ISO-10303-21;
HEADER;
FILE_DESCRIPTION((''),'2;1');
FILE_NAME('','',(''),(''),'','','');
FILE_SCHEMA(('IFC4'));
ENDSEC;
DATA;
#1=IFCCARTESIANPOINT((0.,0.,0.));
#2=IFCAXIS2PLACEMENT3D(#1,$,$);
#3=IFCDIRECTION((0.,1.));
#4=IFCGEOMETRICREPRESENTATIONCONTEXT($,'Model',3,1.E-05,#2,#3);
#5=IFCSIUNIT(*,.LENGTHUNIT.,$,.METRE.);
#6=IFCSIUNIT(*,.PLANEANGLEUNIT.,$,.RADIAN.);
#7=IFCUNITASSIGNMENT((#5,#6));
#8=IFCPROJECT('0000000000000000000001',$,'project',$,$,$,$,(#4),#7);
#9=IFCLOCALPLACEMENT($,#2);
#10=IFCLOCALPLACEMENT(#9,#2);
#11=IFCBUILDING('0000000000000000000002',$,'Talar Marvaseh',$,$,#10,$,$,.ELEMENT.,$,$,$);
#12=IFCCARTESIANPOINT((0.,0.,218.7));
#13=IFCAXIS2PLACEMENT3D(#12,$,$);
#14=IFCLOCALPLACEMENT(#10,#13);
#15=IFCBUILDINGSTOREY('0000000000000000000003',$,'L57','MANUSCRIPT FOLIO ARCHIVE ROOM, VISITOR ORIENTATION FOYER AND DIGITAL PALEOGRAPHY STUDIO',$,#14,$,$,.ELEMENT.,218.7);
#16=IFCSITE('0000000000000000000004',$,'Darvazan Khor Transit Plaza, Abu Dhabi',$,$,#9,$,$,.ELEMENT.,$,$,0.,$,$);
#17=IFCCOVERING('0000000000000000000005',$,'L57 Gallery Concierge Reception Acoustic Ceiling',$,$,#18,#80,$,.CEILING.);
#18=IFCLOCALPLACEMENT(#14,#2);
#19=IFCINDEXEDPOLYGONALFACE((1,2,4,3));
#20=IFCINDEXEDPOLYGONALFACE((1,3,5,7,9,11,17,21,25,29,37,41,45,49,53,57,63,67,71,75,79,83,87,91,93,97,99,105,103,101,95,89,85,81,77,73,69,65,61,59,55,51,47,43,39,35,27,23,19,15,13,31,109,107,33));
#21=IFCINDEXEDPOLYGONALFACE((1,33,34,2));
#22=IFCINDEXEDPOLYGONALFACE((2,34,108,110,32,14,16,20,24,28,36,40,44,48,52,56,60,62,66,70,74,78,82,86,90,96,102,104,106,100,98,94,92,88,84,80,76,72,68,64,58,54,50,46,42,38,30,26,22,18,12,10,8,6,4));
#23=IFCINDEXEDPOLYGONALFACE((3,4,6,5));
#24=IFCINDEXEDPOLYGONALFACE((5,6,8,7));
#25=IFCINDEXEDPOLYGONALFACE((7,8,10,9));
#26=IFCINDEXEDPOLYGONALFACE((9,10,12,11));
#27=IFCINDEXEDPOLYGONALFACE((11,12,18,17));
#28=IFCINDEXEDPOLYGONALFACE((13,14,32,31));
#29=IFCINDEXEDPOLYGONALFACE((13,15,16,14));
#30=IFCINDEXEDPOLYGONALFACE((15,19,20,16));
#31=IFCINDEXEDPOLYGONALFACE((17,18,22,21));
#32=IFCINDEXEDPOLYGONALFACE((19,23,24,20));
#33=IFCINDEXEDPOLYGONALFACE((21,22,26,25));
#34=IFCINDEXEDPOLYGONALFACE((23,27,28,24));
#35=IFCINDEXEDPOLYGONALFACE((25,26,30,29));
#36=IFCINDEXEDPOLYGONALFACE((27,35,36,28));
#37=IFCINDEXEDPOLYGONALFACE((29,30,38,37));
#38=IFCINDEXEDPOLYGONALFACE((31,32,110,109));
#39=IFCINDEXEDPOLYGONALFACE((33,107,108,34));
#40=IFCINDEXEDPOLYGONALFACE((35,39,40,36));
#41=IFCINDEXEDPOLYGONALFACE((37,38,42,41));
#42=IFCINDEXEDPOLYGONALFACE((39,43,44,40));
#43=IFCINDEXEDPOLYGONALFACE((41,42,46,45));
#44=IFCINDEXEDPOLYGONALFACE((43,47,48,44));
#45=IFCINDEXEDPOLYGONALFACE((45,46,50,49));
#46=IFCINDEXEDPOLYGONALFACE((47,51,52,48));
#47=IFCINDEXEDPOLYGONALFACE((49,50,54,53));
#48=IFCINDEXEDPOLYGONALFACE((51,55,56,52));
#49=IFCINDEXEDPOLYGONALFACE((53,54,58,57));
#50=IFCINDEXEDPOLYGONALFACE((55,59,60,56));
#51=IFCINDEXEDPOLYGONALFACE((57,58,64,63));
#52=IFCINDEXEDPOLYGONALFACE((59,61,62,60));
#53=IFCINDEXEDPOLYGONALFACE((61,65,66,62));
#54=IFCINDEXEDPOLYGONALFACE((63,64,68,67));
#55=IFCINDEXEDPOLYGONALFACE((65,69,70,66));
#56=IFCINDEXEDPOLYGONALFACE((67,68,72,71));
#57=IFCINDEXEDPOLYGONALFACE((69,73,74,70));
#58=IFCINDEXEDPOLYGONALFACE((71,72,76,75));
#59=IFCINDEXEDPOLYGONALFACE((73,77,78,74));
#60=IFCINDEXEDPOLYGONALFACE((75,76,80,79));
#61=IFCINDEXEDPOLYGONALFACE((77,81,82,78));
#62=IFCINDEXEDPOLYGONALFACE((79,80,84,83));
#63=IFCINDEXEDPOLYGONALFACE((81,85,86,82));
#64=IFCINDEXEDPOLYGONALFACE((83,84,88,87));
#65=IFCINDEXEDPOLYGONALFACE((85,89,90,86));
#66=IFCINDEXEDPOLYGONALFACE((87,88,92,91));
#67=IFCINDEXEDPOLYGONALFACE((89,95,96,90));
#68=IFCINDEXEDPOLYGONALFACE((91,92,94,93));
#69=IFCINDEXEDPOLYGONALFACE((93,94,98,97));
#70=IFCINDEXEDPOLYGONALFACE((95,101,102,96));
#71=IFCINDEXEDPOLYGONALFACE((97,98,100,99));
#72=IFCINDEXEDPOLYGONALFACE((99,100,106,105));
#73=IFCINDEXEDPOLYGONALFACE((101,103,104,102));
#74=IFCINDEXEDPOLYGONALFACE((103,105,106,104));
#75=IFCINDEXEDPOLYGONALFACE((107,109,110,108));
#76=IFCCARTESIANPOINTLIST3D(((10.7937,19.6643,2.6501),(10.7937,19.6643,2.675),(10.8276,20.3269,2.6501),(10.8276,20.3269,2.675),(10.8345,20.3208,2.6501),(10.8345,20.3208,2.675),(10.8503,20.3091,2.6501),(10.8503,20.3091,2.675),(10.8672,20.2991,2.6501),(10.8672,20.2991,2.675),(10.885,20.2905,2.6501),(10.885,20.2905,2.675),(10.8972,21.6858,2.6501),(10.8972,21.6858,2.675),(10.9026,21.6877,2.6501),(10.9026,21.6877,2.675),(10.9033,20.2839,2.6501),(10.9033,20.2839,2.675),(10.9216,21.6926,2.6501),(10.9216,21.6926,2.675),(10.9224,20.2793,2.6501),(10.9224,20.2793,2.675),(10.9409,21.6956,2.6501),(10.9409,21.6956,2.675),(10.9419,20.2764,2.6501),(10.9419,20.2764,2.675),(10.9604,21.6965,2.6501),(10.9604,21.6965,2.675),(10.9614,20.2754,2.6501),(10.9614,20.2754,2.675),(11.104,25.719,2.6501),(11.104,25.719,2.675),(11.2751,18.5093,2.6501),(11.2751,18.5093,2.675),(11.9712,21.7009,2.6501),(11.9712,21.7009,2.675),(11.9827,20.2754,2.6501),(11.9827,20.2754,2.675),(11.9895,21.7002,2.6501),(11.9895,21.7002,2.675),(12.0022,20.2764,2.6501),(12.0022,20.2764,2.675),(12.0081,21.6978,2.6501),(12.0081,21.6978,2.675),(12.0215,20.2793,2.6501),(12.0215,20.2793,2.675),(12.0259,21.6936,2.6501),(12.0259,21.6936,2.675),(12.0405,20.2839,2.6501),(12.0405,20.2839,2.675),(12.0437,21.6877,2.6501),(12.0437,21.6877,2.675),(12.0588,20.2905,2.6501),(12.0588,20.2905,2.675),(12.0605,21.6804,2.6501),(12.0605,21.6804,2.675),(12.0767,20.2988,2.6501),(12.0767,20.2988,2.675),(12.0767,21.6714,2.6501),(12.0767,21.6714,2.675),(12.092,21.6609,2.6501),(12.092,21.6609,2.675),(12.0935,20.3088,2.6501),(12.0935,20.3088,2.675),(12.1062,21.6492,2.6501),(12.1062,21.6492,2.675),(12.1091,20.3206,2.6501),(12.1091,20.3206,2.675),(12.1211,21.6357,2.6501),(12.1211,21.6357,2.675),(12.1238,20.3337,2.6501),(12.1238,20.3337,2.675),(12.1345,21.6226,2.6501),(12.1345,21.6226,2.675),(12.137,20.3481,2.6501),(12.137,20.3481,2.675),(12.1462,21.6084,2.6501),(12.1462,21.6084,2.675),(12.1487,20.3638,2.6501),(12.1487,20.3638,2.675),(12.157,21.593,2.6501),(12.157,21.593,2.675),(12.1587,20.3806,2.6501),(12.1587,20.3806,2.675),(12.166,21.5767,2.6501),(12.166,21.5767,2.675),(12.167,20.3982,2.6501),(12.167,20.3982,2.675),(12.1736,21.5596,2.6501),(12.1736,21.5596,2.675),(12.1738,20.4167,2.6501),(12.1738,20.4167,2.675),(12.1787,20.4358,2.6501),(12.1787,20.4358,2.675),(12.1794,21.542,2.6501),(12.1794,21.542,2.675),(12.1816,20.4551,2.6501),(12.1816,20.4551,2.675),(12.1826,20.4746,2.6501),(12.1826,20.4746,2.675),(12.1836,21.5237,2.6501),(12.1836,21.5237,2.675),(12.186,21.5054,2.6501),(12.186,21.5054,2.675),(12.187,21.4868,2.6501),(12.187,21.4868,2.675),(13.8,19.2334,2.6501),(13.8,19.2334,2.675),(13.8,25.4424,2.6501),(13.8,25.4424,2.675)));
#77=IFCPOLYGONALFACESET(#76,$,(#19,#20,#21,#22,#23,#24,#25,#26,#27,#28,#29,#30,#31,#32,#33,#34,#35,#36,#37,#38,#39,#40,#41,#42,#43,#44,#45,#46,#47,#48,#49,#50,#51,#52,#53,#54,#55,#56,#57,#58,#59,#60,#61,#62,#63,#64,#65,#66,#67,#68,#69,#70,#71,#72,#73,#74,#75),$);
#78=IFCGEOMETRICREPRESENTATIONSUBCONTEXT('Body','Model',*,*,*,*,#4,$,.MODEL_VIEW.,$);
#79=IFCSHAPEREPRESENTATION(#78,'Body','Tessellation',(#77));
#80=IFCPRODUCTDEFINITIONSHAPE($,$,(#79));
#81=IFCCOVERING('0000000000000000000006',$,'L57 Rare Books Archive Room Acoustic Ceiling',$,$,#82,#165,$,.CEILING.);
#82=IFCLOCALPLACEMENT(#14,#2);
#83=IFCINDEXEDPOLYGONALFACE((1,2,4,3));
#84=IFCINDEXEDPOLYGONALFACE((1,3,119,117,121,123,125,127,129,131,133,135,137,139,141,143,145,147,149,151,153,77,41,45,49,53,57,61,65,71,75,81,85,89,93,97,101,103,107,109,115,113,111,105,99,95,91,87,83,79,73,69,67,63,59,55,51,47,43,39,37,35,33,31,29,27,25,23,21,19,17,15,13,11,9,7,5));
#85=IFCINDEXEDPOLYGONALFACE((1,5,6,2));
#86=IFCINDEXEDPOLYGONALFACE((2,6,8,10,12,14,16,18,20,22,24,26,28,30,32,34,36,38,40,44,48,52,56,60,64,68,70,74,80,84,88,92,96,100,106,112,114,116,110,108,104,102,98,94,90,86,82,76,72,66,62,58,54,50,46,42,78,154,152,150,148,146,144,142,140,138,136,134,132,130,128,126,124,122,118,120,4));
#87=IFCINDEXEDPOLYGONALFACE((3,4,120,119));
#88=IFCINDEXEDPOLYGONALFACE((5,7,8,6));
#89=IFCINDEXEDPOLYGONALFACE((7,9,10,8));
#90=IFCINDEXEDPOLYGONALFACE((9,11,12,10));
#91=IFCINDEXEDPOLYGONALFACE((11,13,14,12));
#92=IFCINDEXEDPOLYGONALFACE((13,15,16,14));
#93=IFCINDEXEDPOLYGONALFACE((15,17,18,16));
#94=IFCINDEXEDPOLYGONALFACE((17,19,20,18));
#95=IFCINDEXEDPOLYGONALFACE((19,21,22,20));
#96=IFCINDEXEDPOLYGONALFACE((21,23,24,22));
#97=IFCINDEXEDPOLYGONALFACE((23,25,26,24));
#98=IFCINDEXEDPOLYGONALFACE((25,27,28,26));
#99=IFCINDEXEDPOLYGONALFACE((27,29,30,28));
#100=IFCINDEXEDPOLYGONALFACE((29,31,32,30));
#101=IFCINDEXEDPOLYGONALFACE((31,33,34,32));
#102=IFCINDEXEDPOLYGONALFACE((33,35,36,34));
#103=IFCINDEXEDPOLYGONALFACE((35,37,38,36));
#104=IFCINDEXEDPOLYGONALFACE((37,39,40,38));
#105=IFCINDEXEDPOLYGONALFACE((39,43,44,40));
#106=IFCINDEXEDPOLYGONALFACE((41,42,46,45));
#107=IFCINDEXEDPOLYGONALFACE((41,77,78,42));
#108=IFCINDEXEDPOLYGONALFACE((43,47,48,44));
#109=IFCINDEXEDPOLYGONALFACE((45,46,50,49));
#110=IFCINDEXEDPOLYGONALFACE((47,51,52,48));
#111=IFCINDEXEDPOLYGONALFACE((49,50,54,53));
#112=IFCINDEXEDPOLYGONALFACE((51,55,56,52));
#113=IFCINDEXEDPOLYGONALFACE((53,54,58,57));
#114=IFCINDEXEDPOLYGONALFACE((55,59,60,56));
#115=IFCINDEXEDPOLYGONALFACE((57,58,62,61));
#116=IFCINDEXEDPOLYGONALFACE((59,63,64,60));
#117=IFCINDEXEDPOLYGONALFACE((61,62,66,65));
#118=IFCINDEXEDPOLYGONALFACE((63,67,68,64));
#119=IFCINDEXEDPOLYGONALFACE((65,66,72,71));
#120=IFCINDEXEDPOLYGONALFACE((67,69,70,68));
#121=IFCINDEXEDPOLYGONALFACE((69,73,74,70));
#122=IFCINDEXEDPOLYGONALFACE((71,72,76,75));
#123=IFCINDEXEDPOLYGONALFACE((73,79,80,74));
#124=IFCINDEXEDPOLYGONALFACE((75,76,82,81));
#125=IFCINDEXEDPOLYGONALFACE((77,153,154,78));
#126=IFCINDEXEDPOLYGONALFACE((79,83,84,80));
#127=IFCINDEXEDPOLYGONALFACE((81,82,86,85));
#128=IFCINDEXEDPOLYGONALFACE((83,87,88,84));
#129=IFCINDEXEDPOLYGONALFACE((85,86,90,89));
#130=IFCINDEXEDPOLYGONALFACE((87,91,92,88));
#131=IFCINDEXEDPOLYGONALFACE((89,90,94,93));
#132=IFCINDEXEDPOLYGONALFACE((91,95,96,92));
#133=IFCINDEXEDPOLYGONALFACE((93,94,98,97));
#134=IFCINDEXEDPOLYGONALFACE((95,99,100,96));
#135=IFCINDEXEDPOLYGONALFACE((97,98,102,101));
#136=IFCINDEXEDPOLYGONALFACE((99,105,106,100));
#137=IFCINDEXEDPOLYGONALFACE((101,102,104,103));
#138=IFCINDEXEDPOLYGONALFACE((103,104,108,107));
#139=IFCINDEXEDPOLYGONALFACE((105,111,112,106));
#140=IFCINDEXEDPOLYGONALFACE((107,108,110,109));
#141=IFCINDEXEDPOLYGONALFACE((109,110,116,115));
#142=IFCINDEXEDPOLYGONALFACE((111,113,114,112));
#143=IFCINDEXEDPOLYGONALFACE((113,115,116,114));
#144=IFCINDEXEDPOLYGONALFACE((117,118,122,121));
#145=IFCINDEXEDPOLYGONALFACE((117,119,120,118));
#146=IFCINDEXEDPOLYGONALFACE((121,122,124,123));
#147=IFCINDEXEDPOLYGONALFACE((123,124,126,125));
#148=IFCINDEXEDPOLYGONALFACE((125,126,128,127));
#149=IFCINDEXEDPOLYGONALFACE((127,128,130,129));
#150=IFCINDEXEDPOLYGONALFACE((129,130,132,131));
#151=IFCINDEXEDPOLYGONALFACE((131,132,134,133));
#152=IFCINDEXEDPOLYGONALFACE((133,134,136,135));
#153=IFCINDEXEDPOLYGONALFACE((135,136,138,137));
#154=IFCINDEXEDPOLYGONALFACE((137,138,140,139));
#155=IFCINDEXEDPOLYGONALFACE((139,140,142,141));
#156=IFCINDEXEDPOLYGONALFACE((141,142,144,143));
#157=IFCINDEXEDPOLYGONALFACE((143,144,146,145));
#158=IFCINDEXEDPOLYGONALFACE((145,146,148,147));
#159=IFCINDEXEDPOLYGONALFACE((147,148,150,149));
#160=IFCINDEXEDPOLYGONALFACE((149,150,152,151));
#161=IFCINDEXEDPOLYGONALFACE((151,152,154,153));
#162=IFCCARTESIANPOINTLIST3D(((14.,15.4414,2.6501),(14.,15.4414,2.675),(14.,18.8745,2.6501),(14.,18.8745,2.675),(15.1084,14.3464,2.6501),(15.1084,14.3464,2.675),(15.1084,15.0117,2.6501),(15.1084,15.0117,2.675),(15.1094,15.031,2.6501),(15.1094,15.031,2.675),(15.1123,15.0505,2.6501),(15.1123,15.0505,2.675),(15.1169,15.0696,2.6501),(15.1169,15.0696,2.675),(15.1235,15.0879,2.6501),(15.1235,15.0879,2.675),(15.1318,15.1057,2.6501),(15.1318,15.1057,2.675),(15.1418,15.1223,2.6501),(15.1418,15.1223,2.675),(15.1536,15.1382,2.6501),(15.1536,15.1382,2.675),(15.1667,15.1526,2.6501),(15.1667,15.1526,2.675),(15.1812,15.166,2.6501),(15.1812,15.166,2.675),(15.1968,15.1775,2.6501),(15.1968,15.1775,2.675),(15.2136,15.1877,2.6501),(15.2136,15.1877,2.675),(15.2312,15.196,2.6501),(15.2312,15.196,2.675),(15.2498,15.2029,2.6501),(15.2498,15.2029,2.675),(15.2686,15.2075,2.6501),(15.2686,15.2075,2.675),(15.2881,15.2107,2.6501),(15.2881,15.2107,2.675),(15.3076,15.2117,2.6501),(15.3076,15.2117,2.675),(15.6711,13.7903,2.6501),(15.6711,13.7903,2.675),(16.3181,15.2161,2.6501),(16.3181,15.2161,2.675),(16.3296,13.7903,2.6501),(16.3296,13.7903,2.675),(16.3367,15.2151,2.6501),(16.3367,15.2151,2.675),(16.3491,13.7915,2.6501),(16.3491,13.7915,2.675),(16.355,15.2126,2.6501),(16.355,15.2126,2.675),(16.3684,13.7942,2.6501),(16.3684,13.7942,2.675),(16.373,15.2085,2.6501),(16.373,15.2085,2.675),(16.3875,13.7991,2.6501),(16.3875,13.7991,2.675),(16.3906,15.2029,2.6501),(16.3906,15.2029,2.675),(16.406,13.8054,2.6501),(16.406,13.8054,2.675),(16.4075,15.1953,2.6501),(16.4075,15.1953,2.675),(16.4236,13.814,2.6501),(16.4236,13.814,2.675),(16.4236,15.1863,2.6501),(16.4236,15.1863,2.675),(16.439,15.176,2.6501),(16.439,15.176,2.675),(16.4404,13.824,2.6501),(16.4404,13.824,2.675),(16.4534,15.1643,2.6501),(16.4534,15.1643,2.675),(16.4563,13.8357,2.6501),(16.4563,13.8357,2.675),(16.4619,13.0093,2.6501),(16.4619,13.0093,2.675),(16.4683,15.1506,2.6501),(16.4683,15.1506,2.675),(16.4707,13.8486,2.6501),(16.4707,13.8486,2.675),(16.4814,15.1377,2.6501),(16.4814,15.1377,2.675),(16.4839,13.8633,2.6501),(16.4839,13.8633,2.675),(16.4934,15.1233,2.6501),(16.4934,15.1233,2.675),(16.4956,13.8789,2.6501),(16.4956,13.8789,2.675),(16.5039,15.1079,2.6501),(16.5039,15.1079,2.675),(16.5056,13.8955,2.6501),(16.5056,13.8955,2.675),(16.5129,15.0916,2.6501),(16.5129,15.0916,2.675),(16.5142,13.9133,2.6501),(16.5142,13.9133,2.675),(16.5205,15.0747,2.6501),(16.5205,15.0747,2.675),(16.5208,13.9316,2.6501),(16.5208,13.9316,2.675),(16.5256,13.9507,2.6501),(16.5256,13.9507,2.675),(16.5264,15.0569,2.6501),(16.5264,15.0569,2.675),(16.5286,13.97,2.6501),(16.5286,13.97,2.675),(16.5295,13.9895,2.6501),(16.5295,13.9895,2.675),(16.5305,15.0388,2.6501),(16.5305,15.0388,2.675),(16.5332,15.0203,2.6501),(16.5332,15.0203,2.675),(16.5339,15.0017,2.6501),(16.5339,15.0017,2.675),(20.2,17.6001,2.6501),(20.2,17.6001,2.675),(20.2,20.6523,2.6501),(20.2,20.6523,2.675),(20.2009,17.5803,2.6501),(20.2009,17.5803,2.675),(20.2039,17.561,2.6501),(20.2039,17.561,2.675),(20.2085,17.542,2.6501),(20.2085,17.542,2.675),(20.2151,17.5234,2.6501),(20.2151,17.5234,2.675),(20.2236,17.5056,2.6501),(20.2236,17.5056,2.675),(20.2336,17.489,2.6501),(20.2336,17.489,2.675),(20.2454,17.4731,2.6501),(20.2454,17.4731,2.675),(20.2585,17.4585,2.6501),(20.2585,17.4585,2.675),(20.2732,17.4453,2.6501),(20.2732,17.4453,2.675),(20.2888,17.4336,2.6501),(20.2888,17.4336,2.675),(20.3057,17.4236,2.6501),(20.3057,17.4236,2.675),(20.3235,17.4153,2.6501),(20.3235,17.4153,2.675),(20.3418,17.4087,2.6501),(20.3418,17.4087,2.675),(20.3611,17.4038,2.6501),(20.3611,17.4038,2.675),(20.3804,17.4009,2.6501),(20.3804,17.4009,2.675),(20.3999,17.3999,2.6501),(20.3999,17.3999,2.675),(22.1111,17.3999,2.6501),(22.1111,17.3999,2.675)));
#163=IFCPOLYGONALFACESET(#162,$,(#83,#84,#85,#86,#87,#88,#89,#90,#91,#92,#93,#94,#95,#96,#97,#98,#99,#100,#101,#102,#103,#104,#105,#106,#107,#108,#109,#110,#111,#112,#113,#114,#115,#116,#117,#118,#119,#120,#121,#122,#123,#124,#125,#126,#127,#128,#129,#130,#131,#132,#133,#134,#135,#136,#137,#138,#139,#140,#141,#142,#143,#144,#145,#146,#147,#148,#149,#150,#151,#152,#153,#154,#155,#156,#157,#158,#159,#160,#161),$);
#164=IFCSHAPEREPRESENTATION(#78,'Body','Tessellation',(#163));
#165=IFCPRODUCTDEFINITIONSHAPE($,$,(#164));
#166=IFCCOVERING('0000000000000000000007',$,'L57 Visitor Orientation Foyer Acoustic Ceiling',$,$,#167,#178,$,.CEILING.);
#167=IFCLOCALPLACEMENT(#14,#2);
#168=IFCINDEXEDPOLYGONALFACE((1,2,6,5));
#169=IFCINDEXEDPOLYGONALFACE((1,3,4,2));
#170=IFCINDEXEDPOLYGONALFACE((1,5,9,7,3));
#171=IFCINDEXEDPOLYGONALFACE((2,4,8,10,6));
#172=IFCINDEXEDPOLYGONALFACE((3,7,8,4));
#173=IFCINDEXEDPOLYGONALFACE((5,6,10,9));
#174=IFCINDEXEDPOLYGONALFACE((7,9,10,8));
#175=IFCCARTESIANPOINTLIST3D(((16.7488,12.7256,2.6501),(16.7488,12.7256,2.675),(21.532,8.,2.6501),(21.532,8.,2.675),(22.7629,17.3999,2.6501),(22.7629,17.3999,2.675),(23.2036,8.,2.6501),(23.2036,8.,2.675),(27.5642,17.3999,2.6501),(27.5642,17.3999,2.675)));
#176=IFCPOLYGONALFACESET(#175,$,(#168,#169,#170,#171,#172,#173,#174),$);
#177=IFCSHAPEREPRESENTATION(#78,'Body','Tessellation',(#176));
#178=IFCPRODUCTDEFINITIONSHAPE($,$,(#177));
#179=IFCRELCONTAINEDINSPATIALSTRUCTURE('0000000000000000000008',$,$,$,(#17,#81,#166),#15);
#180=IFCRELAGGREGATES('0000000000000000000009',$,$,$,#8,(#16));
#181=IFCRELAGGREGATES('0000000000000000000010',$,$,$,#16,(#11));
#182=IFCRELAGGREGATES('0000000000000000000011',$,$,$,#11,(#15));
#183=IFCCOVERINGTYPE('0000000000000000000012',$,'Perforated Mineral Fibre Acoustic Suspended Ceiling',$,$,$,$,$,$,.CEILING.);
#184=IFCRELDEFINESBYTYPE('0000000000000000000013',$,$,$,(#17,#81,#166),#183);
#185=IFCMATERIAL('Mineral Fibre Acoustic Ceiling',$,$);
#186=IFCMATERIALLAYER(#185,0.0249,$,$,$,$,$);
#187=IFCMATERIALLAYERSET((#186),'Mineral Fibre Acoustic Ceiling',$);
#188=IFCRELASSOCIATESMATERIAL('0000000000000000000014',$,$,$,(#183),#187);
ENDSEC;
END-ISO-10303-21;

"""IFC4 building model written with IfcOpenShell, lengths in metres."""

from ifc_helpers import new_model, si_unit, direction, frame, origin, place, context, subcontext, project, spatial, polyline, outline, extrude, material, layer, layer_set, type_object, element, save


model = new_model("IFC4")

# Units and contexts
model_context = context("Model", 3, precision=1e-05, world=origin(), true_north=direction((0.0, 1.0)))
body_context = subcontext(model_context, "Body", "Model", "MODEL_VIEW")
ifc_project = project(units=[si_unit("LENGTHUNIT", "METRE"), si_unit("PLANEANGLEUNIT", "RADIAN")], contexts=[model_context])

# Site, building, storey
site_placement = place(None, origin())
site = spatial("IfcSite", under=ifc_project, at=site_placement, Name="Darvazan Khor Transit Plaza, Abu Dhabi", CompositionType="ELEMENT", RefElevation=0.0)
building_placement = place(site_placement, origin())
building = spatial("IfcBuilding", under=site, at=building_placement, Name="Talar Marvaseh", CompositionType="ELEMENT")
storey_placement = place(building_placement, frame((0.0, 0.0, 218.7)))
storey = spatial("IfcBuildingStorey", under=building, at=storey_placement, Name="L57", Description="MANUSCRIPT FOLIO ARCHIVE ROOM, VISITOR ORIENTATION FOYER AND DIGITAL PALEOGRAPHY STUDIO", CompositionType="ELEMENT", Elevation=218.7)

# Coverings
ifc_material_1 = material(Name="Mineral Fibre Acoustic Ceiling")
ifc_layer_1 = layer(ifc_material_1, 0.0249)
ifc_layer_set_1 = layer_set([ifc_layer_1], Name="Mineral Fibre Acoustic Ceiling")
covering_type_1 = type_object("IfcCoveringType", Name="Perforated Mineral Fibre Acoustic Suspended Ceiling", PredefinedType="CEILING", material=ifc_layer_set_1)
covering_1_placement = place(storey_placement, frame((0.0, 0.0, 2.6501)))
element("IfcCovering", 1, at=covering_1_placement, inside=storey, type_object=covering_type_1, Name="L57 Gallery Concierge Reception Acoustic Ceiling", PredefinedType="CEILING", context=body_context, shape_type="SweptSolid", body=[
    extrude(outline(polyline([(10.8503, 20.3091), (10.8672, 20.2991), (10.885, 20.2905), (10.9033, 20.2839), (10.9224, 20.2793), (10.9419, 20.2764), (10.9614, 20.2754), (11.9827, 20.2754), (12.0022, 20.2764), (12.0215, 20.2793), (12.0405, 20.2839), (12.0588, 20.2905), (12.0767, 20.2988), (12.0935, 20.3088), (12.1091, 20.3206), (12.1238, 20.3337), (12.137, 20.3481), (12.1487, 20.3638), (12.1587, 20.3806), (12.167, 20.3982), (12.1738, 20.4167), (12.1787, 20.4358), (12.1816, 20.4551), (12.1826, 20.4746), (12.187, 21.4868), (12.186, 21.5054), (12.1836, 21.5237), (12.1794, 21.542), (12.1736, 21.5596), (12.166, 21.5767), (12.157, 21.593), (12.1462, 21.6084), (12.1345, 21.6226), (12.1211, 21.6357), (12.1062, 21.6492), (12.092, 21.6609), (12.0767, 21.6714), (12.0605, 21.6804), (12.0437, 21.6877), (12.0259, 21.6936), (12.0081, 21.6978), (11.9895, 21.7002), (11.9712, 21.7009), (10.9604, 21.6965), (10.9409, 21.6956), (10.9216, 21.6926), (10.9026, 21.6877), (10.8972, 21.6858), (11.104, 25.719), (13.8, 25.4424), (13.8, 19.2334), (11.2751, 18.5093), (10.7937, 19.6643), (10.8276, 20.3269), (10.8345, 20.3208), (10.8503, 20.3091)])), origin(), (0.0, 0.0, 1.0), 0.0249),
])
covering_2_placement = place(storey_placement, frame((0.0, 0.0, 2.6501)))
element("IfcCovering", 2, at=covering_2_placement, inside=storey, type_object=covering_type_1, Name="L57 Rare Books Archive Room Acoustic Ceiling", PredefinedType="CEILING", context=body_context, shape_type="SweptSolid", body=[
    extrude(outline(polyline([(20.2, 17.6001), (20.2009, 17.5803), (20.2039, 17.561), (20.2085, 17.542), (20.2151, 17.5234), (20.2236, 17.5056), (20.2336, 17.489), (20.2454, 17.4731), (20.2585, 17.4585), (20.2732, 17.4453), (20.2888, 17.4336), (20.3057, 17.4236), (20.3235, 17.4153), (20.3418, 17.4087), (20.3611, 17.4038), (20.3804, 17.4009), (20.3999, 17.3999), (22.1111, 17.3999), (16.4619, 13.0093), (15.6711, 13.7903), (16.3296, 13.7903), (16.3491, 13.7915), (16.3684, 13.7942), (16.3875, 13.7991), (16.406, 13.8054), (16.4236, 13.814), (16.4404, 13.824), (16.4563, 13.8357), (16.4707, 13.8486), (16.4839, 13.8633), (16.4956, 13.8789), (16.5056, 13.8955), (16.5142, 13.9133), (16.5208, 13.9316), (16.5256, 13.9507), (16.5286, 13.97), (16.5295, 13.9895), (16.5339, 15.0017), (16.5332, 15.0203), (16.5305, 15.0388), (16.5264, 15.0569), (16.5205, 15.0747), (16.5129, 15.0916), (16.5039, 15.1079), (16.4934, 15.1233), (16.4814, 15.1377), (16.4683, 15.1506), (16.4534, 15.1643), (16.439, 15.176), (16.4236, 15.1863), (16.4075, 15.1953), (16.3906, 15.2029), (16.373, 15.2085), (16.355, 15.2126), (16.3367, 15.2151), (16.3181, 15.2161), (15.3076, 15.2117), (15.2881, 15.2107), (15.2686, 15.2075), (15.2498, 15.2029), (15.2312, 15.196), (15.2136, 15.1877), (15.1968, 15.1775), (15.1812, 15.166), (15.1667, 15.1526), (15.1536, 15.1382), (15.1418, 15.1223), (15.1318, 15.1057), (15.1235, 15.0879), (15.1169, 15.0696), (15.1123, 15.0505), (15.1094, 15.031), (15.1084, 15.0117), (15.1084, 14.3464), (14.0, 15.4414), (14.0, 18.8745), (20.2, 20.6523), (20.2, 17.6001)])), origin(), (0.0, 0.0, 1.0), 0.0249),
])
covering_3_placement = place(storey_placement, frame((0.0, 0.0, 2.6501)))
element("IfcCovering", 3, at=covering_3_placement, inside=storey, type_object=covering_type_1, Name="L57 Visitor Orientation Foyer Acoustic Ceiling", PredefinedType="CEILING", context=body_context, shape_type="SweptSolid", body=[
    extrude(outline(polyline([(27.5642, 17.3999), (23.2036, 8.0), (21.532, 8.0), (16.7488, 12.7256), (22.7629, 17.3999), (27.5642, 17.3999)])), origin(), (0.0, 0.0, 1.0), 0.0249),
])

save(model, "model.ifc")
